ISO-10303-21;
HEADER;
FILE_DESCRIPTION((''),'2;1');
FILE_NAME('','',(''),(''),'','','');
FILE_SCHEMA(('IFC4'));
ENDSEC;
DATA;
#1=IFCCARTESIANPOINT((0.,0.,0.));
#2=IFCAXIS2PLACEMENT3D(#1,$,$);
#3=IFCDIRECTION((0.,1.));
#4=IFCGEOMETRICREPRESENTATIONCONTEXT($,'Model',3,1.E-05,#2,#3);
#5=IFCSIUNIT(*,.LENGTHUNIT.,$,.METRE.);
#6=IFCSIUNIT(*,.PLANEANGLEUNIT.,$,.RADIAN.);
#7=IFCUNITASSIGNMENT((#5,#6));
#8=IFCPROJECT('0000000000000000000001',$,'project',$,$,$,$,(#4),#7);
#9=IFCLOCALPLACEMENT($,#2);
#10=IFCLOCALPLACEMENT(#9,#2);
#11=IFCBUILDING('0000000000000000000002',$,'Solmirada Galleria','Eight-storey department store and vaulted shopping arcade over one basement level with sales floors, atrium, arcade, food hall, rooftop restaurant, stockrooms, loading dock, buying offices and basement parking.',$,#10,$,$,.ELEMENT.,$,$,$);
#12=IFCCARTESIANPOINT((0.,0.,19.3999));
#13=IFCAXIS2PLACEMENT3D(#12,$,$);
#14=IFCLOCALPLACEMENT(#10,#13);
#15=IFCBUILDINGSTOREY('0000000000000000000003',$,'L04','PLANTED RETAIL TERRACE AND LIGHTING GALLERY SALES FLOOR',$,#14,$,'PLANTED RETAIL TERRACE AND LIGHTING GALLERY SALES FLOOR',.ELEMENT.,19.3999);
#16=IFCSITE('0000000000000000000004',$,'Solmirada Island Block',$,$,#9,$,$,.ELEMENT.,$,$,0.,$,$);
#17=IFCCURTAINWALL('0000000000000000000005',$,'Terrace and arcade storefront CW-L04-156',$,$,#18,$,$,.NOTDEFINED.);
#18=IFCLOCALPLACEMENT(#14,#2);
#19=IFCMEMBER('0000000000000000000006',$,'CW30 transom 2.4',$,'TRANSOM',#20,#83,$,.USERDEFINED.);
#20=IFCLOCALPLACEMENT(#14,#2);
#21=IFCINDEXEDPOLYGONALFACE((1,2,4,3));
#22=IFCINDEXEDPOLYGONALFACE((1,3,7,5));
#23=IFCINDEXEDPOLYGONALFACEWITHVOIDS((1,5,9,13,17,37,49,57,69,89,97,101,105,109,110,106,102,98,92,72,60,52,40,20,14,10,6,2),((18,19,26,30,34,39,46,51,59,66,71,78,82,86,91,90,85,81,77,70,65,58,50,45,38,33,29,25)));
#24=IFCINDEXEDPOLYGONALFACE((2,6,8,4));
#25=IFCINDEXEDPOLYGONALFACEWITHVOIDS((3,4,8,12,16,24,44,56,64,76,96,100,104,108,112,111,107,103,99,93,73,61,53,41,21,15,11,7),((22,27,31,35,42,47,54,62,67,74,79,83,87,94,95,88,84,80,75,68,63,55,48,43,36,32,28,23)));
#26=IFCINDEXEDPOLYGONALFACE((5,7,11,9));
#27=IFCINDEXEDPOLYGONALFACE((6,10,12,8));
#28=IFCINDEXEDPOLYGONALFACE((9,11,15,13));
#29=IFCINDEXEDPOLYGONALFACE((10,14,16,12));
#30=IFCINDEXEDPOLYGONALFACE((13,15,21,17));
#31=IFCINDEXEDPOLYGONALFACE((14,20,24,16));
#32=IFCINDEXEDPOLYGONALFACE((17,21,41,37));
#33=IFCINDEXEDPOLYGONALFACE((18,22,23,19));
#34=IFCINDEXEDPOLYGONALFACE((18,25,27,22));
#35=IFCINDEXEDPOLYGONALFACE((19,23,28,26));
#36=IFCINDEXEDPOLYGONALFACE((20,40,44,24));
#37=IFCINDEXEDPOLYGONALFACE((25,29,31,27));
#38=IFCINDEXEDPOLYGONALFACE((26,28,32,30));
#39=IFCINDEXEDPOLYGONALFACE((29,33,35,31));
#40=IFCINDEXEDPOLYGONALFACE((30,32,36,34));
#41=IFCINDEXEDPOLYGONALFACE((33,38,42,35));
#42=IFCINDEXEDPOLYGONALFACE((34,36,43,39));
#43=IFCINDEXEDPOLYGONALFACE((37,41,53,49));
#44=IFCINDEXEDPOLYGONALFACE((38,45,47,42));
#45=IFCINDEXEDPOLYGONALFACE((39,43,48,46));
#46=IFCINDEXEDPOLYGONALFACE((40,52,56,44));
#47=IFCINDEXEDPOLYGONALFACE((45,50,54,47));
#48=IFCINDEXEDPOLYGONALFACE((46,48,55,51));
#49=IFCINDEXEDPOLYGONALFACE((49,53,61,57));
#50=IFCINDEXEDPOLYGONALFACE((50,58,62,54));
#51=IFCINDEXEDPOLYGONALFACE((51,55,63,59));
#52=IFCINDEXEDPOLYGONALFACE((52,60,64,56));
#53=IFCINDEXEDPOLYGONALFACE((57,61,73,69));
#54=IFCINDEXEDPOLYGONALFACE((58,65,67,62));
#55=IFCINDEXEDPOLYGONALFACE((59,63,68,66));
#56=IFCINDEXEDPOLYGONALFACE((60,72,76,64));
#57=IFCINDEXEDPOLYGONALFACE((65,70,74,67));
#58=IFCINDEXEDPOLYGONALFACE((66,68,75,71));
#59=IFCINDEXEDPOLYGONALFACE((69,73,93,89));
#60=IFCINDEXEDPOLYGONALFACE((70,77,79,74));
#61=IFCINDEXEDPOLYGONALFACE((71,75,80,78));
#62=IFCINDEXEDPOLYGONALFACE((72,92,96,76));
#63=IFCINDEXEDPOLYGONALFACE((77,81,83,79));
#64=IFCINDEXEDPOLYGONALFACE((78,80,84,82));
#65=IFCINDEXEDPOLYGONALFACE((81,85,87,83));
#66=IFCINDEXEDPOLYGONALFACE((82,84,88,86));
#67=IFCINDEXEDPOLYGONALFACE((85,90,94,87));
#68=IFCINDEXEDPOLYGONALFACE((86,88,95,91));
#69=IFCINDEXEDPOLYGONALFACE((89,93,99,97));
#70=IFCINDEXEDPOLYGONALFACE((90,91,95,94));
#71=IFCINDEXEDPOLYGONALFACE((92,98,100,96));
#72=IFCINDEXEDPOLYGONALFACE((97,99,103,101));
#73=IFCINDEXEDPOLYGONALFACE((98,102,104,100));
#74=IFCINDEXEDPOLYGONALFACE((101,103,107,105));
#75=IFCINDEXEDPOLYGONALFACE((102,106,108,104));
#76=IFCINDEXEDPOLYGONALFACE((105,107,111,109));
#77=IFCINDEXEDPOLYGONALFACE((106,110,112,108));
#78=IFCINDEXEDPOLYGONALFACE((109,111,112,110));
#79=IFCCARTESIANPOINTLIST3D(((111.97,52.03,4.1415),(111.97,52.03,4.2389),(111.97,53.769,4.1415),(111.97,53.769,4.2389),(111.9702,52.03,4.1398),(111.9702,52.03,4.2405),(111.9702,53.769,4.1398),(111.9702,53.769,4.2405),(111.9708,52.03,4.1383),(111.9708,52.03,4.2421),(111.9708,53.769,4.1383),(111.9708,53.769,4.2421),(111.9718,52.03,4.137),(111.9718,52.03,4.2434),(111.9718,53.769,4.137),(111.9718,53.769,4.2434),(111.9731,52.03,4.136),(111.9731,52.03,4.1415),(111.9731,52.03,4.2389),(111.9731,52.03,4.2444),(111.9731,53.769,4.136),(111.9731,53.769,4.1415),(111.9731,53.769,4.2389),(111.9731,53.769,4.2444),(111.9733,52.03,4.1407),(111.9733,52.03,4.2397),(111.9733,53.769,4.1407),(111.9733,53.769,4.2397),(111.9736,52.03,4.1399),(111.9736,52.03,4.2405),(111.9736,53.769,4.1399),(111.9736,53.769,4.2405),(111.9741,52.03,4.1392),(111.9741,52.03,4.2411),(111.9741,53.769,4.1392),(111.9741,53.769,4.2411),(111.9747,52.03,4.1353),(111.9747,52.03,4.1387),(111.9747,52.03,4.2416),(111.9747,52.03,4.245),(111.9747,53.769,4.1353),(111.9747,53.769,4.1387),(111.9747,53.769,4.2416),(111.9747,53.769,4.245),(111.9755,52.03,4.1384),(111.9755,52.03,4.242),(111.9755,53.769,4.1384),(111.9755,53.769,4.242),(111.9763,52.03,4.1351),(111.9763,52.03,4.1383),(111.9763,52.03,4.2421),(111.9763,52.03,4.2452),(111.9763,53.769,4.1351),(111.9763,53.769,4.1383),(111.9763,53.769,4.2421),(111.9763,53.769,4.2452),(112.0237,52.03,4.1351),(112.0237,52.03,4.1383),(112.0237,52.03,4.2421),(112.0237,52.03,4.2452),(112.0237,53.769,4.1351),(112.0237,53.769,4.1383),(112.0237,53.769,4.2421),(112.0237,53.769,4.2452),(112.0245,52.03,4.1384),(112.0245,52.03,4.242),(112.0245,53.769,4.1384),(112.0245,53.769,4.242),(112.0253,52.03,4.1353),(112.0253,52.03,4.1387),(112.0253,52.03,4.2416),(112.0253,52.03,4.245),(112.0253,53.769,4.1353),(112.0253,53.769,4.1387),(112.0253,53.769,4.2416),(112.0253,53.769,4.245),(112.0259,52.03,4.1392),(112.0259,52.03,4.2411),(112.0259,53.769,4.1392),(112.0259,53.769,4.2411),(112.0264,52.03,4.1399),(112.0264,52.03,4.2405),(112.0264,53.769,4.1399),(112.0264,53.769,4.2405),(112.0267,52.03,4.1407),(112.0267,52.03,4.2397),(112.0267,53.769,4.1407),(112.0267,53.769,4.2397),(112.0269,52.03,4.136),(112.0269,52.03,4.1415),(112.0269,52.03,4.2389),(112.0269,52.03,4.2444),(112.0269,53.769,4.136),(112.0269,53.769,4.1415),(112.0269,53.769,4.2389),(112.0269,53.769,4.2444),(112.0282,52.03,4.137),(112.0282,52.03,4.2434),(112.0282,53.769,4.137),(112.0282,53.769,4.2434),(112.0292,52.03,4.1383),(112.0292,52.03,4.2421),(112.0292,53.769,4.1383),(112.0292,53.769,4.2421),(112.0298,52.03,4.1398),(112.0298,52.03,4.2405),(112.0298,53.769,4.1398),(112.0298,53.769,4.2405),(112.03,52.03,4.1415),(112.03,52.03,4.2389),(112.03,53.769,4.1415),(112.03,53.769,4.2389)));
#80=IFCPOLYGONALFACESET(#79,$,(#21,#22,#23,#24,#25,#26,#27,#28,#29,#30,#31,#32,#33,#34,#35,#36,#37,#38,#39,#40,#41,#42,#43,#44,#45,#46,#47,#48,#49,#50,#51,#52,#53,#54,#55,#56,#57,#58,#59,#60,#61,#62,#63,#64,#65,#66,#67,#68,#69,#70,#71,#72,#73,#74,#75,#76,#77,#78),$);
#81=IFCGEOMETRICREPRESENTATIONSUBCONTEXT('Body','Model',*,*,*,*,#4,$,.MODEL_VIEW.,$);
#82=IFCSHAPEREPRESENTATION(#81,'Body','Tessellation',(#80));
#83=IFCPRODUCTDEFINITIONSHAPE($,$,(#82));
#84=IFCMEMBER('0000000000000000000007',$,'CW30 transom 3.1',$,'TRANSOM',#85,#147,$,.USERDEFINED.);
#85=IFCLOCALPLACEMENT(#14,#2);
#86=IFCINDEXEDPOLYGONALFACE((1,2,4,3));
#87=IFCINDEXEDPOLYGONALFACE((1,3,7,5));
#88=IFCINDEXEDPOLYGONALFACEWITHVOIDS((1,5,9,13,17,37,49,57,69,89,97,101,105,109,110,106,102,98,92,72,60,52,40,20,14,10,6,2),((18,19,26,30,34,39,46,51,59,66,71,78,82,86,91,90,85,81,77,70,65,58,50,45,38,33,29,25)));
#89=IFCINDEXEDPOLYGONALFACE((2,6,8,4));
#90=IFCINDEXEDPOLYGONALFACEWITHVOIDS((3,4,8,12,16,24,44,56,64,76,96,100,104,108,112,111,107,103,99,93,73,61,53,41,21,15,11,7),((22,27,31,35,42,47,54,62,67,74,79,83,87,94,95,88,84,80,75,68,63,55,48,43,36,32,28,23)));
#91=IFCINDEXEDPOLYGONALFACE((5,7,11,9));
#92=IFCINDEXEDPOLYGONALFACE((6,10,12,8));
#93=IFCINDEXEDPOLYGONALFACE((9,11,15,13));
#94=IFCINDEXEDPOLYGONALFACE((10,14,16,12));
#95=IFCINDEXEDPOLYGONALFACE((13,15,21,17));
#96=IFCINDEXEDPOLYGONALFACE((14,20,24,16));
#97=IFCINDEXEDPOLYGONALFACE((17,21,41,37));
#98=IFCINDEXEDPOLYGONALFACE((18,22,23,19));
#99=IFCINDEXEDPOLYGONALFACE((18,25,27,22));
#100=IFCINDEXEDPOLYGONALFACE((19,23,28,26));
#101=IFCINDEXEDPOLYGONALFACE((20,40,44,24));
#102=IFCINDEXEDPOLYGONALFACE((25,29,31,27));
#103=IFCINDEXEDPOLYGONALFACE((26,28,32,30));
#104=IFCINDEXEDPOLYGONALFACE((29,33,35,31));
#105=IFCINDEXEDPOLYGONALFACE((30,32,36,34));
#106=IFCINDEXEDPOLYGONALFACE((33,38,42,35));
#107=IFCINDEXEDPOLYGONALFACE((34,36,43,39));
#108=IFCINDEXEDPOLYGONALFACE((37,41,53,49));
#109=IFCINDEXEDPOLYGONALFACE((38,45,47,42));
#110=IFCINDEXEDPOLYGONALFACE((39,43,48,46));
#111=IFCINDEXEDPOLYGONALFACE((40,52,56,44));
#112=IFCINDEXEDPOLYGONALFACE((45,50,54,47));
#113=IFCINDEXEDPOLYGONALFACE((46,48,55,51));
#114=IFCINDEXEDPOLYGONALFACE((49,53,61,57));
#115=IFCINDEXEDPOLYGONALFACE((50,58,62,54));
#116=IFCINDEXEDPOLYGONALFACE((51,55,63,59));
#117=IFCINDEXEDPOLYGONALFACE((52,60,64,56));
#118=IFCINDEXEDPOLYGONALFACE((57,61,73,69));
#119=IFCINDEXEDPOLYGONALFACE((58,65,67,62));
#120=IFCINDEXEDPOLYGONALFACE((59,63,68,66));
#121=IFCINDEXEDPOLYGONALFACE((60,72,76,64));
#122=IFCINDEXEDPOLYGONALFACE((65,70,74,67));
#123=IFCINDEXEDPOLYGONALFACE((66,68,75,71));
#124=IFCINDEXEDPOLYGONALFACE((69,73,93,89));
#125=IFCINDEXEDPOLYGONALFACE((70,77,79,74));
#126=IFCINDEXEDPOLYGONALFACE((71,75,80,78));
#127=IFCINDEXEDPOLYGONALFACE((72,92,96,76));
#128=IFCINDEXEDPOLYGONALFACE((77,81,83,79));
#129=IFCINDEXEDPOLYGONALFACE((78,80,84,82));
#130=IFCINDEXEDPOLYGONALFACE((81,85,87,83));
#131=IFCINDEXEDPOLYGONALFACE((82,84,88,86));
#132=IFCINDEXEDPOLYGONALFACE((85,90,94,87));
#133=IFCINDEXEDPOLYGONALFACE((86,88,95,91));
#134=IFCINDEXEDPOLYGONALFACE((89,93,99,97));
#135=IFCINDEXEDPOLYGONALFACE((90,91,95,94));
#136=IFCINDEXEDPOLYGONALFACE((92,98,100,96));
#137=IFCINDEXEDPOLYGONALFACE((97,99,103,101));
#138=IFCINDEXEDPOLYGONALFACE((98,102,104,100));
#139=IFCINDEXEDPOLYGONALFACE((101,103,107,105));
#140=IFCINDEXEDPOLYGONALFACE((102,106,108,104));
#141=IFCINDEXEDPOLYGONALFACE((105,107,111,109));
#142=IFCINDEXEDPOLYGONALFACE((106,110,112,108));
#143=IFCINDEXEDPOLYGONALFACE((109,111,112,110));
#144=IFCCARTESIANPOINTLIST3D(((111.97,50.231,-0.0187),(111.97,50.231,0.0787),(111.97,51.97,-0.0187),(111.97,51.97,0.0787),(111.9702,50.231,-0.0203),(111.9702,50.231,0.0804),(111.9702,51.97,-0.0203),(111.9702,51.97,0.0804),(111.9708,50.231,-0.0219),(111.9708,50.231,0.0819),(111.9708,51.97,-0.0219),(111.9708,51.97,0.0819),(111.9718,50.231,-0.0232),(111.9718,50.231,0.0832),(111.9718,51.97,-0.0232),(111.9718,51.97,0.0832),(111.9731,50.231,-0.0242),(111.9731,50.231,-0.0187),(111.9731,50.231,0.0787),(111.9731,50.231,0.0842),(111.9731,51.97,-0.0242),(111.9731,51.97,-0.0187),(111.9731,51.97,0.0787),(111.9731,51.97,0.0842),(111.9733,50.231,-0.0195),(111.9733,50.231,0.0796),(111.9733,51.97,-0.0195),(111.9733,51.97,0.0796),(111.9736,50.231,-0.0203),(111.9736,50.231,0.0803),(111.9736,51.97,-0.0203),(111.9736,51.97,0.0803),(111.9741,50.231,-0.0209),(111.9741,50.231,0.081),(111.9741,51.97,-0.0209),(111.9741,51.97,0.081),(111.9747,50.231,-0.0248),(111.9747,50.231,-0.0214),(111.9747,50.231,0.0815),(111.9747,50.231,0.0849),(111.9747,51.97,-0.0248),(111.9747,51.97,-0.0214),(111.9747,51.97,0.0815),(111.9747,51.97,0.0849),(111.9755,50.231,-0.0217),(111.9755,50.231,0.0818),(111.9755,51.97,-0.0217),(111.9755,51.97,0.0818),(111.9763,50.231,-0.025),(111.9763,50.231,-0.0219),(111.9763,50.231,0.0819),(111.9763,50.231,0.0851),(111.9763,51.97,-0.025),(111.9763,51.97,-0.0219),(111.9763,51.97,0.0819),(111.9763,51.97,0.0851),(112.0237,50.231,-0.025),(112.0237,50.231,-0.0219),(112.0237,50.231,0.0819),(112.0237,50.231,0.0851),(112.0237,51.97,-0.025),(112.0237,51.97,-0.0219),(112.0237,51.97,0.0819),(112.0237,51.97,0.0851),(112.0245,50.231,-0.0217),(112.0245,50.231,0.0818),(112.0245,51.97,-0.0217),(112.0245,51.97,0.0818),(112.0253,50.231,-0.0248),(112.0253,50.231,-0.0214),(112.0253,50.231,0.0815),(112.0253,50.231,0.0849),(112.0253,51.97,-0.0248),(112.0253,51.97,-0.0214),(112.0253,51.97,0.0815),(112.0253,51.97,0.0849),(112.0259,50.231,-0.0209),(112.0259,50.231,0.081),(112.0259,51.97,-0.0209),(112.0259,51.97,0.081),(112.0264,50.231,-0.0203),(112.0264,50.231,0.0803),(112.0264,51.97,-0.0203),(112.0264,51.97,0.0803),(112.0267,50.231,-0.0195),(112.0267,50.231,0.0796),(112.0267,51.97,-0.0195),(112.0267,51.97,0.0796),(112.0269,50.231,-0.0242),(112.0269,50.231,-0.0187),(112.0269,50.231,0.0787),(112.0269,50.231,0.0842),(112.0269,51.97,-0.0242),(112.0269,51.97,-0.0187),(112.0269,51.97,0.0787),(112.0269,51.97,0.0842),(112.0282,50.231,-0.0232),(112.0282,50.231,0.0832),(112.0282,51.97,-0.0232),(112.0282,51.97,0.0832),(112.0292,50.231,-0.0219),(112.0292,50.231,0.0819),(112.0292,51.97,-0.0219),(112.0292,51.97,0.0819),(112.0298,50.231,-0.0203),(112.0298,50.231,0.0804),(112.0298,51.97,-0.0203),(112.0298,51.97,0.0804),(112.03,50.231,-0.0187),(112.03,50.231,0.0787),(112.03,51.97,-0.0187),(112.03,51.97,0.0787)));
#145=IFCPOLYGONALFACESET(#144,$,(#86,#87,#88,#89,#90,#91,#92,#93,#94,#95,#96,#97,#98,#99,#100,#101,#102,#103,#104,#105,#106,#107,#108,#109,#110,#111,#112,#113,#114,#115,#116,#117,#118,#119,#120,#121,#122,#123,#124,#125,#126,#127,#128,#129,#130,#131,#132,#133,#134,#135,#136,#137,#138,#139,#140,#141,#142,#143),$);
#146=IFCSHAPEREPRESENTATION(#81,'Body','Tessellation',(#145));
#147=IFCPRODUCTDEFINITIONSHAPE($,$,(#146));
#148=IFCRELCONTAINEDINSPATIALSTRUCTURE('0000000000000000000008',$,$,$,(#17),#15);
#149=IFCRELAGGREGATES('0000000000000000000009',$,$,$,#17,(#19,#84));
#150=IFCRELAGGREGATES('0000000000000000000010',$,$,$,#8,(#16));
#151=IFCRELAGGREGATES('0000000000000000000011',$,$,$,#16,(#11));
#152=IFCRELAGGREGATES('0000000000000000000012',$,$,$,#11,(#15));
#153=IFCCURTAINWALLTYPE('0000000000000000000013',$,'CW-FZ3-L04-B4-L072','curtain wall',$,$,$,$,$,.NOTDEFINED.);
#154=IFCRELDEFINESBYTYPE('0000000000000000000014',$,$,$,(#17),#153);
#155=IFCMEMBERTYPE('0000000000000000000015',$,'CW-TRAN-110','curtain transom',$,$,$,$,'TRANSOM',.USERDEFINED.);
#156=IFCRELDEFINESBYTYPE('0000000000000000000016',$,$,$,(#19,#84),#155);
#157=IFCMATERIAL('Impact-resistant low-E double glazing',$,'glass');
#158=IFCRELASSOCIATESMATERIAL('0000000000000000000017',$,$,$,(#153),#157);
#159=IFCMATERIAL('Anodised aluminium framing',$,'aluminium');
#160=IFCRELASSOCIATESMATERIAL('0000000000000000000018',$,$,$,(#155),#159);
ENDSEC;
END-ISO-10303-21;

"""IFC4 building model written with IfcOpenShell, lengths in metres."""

from ifc_helpers import new_model, si_unit, direction, frame, origin, origin_2d, place, context, subcontext, project, spatial, hollow_rectangle, extrude, material, material_profile, profile_set, type_object, element, aggregate, save


model = new_model("IFC4")

# Units and contexts
model_context = context("Model", 3, precision=1e-05, world=origin(), true_north=direction((0.0, 1.0)))
body_context = subcontext(model_context, "Body", "Model", "MODEL_VIEW")
ifc_project = project(units=[si_unit("LENGTHUNIT", "METRE"), si_unit("PLANEANGLEUNIT", "RADIAN")], contexts=[model_context])

# Site, building, storey
site_placement = place(None, origin())
site = spatial("IfcSite", under=ifc_project, at=site_placement, Name="Solmirada Island Block", CompositionType="ELEMENT", RefElevation=0.0)
building_placement = place(site_placement, origin())
building = spatial("IfcBuilding", under=site, at=building_placement, Name="Solmirada Galleria", Description="Eight-storey department store and vaulted shopping arcade over one basement level with sales floors, atrium, arcade, food hall, rooftop restaurant, stockrooms, loading dock, buying offices and basement parking.", CompositionType="ELEMENT")
storey_placement = place(building_placement, frame((0.0, 0.0, 19.3999)))
storey = spatial("IfcBuildingStorey", under=building, at=storey_placement, Name="L04", Description="PLANTED RETAIL TERRACE AND LIGHTING GALLERY SALES FLOOR", LongName="PLANTED RETAIL TERRACE AND LIGHTING GALLERY SALES FLOOR", CompositionType="ELEMENT", Elevation=19.3999)

# Curtain wall, members
ifc_material_1 = material(Name="Impact-resistant low-E double glazing", Category="glass")
curtain_wall_type = type_object("IfcCurtainWallType", Name="CW-FZ3-L04-B4-L072", Description="curtain wall", PredefinedType="NOTDEFINED", material=ifc_material_1)
curtain_wall_placement = place(storey_placement, origin())
curtain_wall = element("IfcCurtainWall", 1, at=curtain_wall_placement, inside=storey, type_object=curtain_wall_type, Name="Terrace and arcade storefront CW-L04-156", PredefinedType="NOTDEFINED")
ifc_material_2 = material(Name="Anodised aluminium framing", Category="aluminium")
ifc_material_profile_1 = material_profile(ifc_material_2, hollow_rectangle(XDim=0.0601, YDim=0.1101, WallThickness=0.0032, InnerFilletRadius=0.0032, OuterFilletRadius=0.0063, at=origin_2d()), Name="ALU-TRAN-110X60")
ifc_profile_set_1 = profile_set([ifc_material_profile_1], Name="Anodised aluminium framing")
member_type_1 = type_object("IfcMemberType", Name="CW-TRAN-110", Description="curtain transom", ElementType="TRANSOM", PredefinedType="USERDEFINED", material=ifc_profile_set_1)
member_1_placement = place(storey_placement, frame((112.0, 53.769, 4.1902), z_axis=(0.0, -1.0, 0.0), x_axis=(1.0, 0.0, 0.0)))
member_1 = element("IfcMember", 2, at=member_1_placement, type_object=member_type_1, Name="CW30 transom 2.4", ObjectType="TRANSOM", PredefinedType="USERDEFINED", context=body_context, shape_type="SweptSolid", body=[
    extrude(hollow_rectangle(XDim=0.0601, YDim=0.1101, WallThickness=0.0032, InnerFilletRadius=0.0032, OuterFilletRadius=0.0063, at=origin_2d()), origin(), (0.0, 0.0, 1.0), 1.739),
])
member_2_placement = place(storey_placement, frame((112.0, 51.97, 0.03), z_axis=(0.0, -1.0, 0.0), x_axis=(1.0, 0.0, 0.0)))
member_2 = element("IfcMember", 3, at=member_2_placement, type_object=member_type_1, Name="CW30 transom 3.1", ObjectType="TRANSOM", PredefinedType="USERDEFINED", context=body_context, shape_type="SweptSolid", body=[
    extrude(hollow_rectangle(XDim=0.0601, YDim=0.1101, WallThickness=0.0032, InnerFilletRadius=0.0032, OuterFilletRadius=0.0063, at=origin_2d()), origin(), (0.0, 0.0, 1.0), 1.739),
])
aggregate(curtain_wall, [member_1, member_2])

save(model, "model.ifc")
